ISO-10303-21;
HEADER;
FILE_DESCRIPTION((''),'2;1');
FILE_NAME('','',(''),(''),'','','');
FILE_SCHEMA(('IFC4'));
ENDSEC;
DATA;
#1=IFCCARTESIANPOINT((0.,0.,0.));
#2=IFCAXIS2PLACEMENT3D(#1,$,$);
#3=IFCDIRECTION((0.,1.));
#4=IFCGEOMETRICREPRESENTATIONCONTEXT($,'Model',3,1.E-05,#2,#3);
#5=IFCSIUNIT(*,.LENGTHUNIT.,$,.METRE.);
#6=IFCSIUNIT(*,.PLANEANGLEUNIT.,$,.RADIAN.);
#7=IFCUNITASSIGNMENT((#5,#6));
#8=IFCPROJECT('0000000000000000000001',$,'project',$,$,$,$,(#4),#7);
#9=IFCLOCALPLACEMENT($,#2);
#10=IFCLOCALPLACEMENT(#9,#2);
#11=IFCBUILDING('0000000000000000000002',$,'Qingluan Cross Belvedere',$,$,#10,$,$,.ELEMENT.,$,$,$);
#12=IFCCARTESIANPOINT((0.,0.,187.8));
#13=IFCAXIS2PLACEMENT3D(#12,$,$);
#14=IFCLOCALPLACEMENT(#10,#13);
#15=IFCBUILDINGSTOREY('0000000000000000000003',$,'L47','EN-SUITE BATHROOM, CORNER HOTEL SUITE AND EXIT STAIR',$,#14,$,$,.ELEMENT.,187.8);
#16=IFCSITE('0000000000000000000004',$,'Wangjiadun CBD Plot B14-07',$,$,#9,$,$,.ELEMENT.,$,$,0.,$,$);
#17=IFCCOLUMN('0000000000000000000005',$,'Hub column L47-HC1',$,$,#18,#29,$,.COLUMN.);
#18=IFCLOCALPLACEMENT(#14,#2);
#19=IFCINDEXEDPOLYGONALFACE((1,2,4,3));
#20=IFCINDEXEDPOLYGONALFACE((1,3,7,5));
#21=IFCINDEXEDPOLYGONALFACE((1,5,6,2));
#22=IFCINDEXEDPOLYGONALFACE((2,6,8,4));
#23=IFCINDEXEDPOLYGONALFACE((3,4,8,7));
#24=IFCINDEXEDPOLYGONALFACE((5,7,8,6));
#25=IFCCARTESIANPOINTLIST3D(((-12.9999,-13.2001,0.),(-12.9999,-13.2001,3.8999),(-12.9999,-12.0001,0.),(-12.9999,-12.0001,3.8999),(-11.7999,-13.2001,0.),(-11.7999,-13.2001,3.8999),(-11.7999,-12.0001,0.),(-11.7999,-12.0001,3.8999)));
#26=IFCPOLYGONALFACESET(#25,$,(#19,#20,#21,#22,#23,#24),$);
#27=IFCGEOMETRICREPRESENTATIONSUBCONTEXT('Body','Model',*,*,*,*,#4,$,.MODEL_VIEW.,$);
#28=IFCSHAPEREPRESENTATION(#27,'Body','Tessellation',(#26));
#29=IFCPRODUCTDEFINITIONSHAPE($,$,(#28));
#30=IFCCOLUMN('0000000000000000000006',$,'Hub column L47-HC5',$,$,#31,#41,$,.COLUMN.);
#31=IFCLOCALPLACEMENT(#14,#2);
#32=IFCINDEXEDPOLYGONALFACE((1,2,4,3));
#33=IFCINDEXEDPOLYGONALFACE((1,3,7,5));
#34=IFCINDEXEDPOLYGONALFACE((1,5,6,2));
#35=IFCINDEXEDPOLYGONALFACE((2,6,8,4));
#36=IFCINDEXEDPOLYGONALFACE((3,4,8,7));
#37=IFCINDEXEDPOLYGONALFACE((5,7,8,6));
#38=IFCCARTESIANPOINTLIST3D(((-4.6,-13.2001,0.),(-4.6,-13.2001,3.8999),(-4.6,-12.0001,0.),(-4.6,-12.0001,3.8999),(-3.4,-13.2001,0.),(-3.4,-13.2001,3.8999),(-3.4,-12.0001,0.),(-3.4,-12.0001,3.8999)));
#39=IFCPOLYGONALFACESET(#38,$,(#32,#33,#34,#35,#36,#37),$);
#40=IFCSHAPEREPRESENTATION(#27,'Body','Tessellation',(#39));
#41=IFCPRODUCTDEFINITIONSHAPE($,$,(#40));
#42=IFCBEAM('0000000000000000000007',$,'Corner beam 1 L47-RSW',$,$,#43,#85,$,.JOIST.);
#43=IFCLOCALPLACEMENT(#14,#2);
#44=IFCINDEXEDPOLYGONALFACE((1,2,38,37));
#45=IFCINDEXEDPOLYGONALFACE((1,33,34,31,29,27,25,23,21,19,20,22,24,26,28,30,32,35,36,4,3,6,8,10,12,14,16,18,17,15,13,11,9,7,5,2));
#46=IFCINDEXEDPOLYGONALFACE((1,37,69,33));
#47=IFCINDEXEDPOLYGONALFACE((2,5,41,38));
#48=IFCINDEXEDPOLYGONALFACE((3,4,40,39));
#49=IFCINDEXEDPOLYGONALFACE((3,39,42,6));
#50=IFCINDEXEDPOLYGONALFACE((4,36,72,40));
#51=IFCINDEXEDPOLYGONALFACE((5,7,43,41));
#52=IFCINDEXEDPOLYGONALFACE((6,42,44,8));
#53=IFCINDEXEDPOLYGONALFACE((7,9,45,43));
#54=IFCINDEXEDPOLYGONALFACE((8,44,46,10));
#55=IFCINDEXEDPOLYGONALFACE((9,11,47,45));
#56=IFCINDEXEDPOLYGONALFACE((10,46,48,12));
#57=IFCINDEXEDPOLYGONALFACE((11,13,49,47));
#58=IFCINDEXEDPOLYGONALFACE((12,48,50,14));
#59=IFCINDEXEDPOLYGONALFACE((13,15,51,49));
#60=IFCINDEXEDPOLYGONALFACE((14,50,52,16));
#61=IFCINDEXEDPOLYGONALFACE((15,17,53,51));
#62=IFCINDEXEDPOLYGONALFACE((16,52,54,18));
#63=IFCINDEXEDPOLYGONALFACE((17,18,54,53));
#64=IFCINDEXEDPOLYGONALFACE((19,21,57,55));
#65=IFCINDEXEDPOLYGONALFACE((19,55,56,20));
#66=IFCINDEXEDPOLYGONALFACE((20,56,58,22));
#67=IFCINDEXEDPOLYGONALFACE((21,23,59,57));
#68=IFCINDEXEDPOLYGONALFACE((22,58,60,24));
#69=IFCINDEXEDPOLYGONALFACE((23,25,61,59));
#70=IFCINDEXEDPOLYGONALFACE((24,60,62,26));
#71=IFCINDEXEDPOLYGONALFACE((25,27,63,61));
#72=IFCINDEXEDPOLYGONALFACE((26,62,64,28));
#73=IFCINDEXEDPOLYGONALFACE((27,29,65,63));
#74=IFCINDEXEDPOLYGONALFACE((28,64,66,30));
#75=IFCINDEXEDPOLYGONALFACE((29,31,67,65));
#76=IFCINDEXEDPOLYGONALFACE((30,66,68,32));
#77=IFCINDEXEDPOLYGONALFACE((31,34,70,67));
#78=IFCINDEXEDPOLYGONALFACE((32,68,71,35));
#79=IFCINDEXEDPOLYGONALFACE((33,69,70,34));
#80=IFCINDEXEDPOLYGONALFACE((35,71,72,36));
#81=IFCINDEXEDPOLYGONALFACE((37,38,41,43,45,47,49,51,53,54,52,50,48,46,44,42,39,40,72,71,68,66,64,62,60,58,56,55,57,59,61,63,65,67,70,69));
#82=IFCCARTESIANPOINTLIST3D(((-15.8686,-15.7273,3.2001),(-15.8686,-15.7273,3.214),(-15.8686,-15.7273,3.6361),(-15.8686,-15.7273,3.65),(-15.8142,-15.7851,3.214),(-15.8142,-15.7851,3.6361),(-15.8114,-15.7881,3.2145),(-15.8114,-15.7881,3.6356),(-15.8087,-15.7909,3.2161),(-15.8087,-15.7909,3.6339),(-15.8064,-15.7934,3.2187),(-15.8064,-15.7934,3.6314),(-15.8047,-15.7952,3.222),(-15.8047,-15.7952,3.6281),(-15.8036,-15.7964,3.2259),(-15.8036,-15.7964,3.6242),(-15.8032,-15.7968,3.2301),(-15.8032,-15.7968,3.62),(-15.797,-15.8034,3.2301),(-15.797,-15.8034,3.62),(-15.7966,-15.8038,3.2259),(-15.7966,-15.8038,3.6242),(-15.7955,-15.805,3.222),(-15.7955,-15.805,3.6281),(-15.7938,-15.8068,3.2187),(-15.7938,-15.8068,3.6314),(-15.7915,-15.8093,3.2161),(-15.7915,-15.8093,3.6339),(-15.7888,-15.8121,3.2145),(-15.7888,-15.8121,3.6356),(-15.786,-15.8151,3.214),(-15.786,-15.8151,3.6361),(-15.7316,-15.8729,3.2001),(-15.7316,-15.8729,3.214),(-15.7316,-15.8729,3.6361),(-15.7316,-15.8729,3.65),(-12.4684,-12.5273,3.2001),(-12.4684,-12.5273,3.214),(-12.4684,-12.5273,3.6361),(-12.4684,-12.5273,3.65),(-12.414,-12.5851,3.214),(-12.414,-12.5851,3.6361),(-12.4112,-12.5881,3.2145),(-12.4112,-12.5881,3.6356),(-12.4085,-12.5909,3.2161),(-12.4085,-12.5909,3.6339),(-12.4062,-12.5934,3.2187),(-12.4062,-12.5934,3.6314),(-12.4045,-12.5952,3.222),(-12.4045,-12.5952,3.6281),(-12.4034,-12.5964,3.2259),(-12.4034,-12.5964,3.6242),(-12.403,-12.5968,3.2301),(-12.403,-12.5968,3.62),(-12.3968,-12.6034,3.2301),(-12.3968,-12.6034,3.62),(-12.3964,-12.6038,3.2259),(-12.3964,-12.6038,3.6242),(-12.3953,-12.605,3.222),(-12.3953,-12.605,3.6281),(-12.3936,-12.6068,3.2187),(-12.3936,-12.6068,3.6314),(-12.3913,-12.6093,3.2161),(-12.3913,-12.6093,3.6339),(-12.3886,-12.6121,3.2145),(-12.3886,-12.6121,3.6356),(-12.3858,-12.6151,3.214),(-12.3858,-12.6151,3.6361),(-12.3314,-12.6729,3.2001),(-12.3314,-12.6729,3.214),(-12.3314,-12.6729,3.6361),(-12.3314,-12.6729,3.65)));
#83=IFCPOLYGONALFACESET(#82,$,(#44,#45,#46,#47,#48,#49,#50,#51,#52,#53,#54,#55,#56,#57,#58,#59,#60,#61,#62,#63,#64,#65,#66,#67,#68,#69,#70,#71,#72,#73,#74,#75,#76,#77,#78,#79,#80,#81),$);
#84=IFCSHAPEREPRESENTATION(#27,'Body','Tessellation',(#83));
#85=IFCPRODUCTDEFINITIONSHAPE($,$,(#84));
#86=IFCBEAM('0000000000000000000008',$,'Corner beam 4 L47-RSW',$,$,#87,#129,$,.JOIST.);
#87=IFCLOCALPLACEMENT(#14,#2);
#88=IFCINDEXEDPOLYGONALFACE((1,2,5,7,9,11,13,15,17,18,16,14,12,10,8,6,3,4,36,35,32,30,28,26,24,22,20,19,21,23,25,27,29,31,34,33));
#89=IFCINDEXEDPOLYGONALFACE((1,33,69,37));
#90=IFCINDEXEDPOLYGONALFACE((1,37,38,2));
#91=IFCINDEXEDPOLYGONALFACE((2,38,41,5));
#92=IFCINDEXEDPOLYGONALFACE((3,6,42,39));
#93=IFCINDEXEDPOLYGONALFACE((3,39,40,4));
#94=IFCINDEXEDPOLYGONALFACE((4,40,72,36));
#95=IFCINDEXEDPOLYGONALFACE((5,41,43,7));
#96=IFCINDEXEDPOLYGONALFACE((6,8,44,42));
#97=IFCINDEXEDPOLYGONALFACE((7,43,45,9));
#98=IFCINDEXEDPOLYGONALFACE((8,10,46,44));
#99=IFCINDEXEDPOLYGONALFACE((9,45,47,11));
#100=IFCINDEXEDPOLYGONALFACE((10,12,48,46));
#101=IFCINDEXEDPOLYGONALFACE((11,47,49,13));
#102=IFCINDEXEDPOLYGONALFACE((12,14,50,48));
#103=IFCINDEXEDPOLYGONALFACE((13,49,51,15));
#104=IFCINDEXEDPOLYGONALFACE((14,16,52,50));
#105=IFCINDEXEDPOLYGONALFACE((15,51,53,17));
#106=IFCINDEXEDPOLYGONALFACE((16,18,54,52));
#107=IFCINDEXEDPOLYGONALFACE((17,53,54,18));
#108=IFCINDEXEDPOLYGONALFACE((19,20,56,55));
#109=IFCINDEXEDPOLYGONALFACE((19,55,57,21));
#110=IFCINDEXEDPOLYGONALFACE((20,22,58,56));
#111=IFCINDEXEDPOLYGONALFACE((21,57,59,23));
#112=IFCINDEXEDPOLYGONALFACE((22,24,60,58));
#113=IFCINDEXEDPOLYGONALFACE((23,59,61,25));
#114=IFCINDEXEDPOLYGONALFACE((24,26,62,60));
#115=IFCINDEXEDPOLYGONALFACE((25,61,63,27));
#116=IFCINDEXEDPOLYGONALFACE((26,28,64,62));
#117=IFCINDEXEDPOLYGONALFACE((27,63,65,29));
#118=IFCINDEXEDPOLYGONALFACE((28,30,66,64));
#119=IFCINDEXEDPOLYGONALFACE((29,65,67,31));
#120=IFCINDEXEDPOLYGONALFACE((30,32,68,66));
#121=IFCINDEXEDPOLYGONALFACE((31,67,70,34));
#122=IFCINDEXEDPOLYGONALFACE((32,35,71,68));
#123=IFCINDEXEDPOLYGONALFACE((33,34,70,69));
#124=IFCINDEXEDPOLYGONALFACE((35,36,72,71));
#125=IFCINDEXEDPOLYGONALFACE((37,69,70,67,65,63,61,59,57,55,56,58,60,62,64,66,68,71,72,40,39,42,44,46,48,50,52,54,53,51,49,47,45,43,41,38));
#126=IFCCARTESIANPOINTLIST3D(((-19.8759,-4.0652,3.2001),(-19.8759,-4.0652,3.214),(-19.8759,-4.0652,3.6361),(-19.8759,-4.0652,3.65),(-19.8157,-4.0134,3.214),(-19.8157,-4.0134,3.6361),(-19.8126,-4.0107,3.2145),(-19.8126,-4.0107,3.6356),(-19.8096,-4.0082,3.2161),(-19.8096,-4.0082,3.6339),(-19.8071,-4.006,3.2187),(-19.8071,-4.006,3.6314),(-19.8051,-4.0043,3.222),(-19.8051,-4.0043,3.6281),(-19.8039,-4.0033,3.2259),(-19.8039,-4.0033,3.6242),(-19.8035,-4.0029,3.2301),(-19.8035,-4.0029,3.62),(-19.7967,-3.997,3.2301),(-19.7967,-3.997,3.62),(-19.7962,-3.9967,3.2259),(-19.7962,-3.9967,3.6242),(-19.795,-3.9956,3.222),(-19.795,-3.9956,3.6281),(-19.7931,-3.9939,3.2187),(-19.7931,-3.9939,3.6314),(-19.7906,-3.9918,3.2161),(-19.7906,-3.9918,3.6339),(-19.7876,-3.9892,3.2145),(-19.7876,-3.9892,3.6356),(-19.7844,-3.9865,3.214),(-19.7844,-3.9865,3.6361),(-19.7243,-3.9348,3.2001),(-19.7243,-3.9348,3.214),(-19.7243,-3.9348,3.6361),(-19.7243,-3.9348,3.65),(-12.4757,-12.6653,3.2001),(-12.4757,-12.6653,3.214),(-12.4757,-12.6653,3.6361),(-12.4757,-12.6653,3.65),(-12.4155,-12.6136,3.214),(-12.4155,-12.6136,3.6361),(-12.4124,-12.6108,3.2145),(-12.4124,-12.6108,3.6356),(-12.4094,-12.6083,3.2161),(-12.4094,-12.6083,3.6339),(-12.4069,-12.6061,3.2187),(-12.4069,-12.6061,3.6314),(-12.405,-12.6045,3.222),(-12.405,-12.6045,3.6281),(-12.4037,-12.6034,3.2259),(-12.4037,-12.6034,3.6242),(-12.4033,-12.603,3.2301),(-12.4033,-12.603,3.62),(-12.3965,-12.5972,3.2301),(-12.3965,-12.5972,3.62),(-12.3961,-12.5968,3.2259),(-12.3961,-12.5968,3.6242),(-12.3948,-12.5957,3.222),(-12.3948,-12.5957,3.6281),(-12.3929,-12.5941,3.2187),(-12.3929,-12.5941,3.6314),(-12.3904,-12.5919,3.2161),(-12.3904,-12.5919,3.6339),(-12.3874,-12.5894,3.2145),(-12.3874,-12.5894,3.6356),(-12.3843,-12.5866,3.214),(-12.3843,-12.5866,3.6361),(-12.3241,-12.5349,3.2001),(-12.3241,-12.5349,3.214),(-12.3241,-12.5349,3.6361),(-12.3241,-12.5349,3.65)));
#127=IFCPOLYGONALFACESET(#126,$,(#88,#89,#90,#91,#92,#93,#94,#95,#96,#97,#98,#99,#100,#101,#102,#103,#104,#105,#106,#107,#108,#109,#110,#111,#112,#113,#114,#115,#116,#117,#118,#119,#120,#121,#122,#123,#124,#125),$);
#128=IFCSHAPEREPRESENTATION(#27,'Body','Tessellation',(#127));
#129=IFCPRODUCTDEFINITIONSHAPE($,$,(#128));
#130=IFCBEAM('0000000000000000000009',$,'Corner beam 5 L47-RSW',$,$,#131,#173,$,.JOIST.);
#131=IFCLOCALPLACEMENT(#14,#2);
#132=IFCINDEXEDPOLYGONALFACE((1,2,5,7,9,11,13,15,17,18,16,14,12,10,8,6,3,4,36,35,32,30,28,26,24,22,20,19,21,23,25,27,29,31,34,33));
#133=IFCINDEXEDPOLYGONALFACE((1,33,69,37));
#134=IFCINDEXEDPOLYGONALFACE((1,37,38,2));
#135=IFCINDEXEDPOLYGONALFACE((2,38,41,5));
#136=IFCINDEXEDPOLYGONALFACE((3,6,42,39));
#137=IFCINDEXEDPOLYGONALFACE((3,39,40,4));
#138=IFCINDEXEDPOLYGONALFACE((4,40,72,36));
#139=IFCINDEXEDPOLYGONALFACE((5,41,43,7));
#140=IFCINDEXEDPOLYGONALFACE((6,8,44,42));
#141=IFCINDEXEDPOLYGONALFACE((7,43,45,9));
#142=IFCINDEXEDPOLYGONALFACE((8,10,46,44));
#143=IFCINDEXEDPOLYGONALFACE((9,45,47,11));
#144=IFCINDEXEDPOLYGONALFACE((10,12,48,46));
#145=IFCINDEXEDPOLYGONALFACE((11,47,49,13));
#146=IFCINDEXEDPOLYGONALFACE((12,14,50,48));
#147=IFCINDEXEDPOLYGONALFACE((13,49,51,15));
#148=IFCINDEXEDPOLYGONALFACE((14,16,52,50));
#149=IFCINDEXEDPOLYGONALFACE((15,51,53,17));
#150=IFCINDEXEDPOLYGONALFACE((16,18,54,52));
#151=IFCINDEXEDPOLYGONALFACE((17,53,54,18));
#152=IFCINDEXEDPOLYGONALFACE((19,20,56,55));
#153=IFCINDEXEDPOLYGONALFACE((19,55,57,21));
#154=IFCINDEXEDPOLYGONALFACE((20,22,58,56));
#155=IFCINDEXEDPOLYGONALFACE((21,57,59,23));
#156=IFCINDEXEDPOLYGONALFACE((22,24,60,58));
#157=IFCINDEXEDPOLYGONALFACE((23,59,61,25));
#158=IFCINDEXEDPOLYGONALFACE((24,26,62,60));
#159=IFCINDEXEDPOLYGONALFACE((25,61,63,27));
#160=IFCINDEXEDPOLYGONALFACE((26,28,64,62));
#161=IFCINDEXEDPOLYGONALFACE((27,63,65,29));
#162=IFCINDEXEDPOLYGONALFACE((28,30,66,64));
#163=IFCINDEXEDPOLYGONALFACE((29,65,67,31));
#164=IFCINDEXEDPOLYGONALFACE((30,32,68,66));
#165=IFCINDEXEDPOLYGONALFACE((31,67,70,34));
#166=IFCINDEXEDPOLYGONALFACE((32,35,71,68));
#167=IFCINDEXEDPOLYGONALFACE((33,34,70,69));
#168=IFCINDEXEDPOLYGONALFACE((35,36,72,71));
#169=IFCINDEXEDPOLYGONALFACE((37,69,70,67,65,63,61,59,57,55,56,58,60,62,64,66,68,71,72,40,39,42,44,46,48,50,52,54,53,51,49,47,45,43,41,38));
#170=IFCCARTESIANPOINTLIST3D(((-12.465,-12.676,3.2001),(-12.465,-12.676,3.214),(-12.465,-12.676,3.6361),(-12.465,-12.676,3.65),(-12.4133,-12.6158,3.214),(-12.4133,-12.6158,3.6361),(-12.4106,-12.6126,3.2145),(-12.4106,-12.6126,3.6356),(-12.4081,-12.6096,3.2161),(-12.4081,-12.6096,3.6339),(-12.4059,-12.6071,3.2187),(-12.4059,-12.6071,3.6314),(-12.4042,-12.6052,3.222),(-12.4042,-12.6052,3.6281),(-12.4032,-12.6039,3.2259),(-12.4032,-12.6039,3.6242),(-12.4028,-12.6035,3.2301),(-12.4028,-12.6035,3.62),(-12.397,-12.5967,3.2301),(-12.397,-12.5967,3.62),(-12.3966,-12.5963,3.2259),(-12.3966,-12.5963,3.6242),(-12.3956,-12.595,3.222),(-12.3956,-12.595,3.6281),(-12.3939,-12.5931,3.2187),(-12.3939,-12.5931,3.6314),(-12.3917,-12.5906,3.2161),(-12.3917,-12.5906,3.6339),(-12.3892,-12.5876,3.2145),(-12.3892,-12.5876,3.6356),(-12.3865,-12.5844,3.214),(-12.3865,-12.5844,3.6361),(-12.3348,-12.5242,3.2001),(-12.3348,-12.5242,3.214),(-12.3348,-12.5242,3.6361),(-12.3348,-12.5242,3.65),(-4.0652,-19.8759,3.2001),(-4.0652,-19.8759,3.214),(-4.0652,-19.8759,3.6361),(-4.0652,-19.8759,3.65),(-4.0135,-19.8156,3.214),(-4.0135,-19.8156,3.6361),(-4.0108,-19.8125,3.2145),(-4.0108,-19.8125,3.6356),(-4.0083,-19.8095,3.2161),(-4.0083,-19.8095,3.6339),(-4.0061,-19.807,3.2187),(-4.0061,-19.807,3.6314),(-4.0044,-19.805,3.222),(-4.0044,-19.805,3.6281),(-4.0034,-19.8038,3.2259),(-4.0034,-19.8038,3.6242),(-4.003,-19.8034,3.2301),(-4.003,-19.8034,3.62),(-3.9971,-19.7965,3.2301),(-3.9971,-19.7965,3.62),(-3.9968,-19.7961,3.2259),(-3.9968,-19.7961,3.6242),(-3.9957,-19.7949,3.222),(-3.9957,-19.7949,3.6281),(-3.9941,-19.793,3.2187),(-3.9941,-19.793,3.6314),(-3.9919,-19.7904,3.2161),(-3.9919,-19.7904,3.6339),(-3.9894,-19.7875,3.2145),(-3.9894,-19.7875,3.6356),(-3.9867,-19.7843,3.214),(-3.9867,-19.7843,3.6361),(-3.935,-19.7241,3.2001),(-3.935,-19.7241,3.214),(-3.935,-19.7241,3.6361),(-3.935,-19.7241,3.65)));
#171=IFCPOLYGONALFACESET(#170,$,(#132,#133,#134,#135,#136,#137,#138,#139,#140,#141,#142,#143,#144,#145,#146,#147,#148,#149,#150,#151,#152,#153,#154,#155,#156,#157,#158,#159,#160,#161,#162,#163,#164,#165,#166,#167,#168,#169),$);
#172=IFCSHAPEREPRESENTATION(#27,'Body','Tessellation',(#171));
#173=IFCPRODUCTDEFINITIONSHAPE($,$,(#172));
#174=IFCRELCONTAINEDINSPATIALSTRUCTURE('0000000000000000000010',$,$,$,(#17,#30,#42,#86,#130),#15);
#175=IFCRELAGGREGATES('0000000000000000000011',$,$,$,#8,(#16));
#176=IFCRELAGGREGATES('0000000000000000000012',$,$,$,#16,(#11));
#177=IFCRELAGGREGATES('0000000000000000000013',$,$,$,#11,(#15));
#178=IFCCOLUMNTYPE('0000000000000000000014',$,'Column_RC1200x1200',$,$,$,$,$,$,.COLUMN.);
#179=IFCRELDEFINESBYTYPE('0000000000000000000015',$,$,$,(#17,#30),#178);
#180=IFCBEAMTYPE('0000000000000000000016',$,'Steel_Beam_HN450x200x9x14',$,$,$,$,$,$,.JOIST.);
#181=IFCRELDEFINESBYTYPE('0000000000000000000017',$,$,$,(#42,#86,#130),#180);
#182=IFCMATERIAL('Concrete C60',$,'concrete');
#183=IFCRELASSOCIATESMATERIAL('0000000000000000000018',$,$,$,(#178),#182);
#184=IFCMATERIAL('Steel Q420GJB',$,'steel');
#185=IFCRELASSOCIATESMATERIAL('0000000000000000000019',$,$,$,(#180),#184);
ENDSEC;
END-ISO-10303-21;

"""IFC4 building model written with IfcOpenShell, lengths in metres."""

from ifc_helpers import new_model, si_unit, direction, frame, origin, origin_2d, place, context, subcontext, project, spatial, rectangle, i_section, extrude, material, material_profile, profile_set, type_object, element, save


model = new_model("IFC4")

# Units and contexts
model_context = context("Model", 3, precision=1e-05, world=origin(), true_north=direction((0.0, 1.0)))
body_context = subcontext(model_context, "Body", "Model", "MODEL_VIEW")
ifc_project = project(units=[si_unit("LENGTHUNIT", "METRE"), si_unit("PLANEANGLEUNIT", "RADIAN")], contexts=[model_context])

# Site, building, storey
site_placement = place(None, origin())
site = spatial("IfcSite", under=ifc_project, at=site_placement, Name="Wangjiadun CBD Plot B14-07", CompositionType="ELEMENT", RefElevation=0.0)
building_placement = place(site_placement, origin())
building = spatial("IfcBuilding", under=site, at=building_placement, Name="Qingluan Cross Belvedere", CompositionType="ELEMENT")
storey_placement = place(building_placement, frame((0.0, 0.0, 187.8)))
storey = spatial("IfcBuildingStorey", under=building, at=storey_placement, Name="L47", Description="EN-SUITE BATHROOM, CORNER HOTEL SUITE AND EXIT STAIR", CompositionType="ELEMENT", Elevation=187.8)

# Columns
ifc_material_1 = material(Name="Concrete C60", Category="concrete")
ifc_material_profile_1 = material_profile(ifc_material_1, rectangle(XDim=1.2, YDim=1.2, at=origin_2d()), Name="RC1200x1200")
ifc_profile_set_1 = profile_set([ifc_material_profile_1], Name="Concrete C60")
column_type = type_object("IfcColumnType", Name="Column_RC1200x1200", PredefinedType="COLUMN", material=ifc_profile_set_1)
for number, where, z_axis, x_axis, name in (
    (1, (-12.3999, -12.6001, 0.0), (0.0, 0.0, 1.0), (1.0, 0.0, 0.0), "Hub column L47-HC1"),
    (2, (-4.0, -12.6001, 0.0), (0.0, 0.0, 1.0), (1.0, 0.0, 0.0), "Hub column L47-HC5"),
):
    element("IfcColumn", number, at=place(storey_placement, frame(where, z_axis=z_axis, x_axis=x_axis)), inside=storey, type_object=column_type, Name=name, PredefinedType="COLUMN", context=body_context, shape_type="SweptSolid", body=[
        extrude(rectangle(XDim=1.2, YDim=1.2, at=origin_2d()), origin(), (0.0, 0.0, 1.0), 3.8999),
    ])

# Beams
ifc_material_2 = material(Name="Steel Q420GJB", Category="steel")
ifc_material_profile_2 = material_profile(ifc_material_2, i_section(OverallWidth=0.2, OverallDepth=0.45, WebThickness=0.009, FlangeThickness=0.0139, FilletRadius=0.0161, at=origin_2d()), Name="HN450x200x9x14")
ifc_profile_set_2 = profile_set([ifc_material_profile_2], Name="Steel Q420GJB")
beam_type_1 = type_object("IfcBeamType", Name="Steel_Beam_HN450x200x9x14", PredefinedType="JOIST", material=ifc_profile_set_2)
beam_1_placement = place(storey_placement, frame((-12.3999, -12.6001, 3.425), z_axis=(-0.72822, -0.685343, 0.0), x_axis=(0.685343, -0.72822, 0.0)))
element("IfcBeam", 3, at=beam_1_placement, inside=storey, type_object=beam_type_1, Name="Corner beam 1 L47-RSW", PredefinedType="JOIST", context=body_context, shape_type="SweptSolid", body=[
    extrude(i_section(OverallWidth=0.2, OverallDepth=0.45, WebThickness=0.009, FlangeThickness=0.0139, FilletRadius=0.0161, at=origin_2d()), origin(), (0.0, 0.0, 1.0), 4.6692),
])
beam_2_placement = place(storey_placement, frame((-12.3999, -12.6001, 3.425), z_axis=(-0.652245, 0.758008, 0.0), x_axis=(-0.758008, -0.652245, 0.0)))
element("IfcBeam", 4, at=beam_2_placement, inside=storey, type_object=beam_type_1, Name="Corner beam 4 L47-RSW", PredefinedType="JOIST", context=body_context, shape_type="SweptSolid", body=[
    extrude(i_section(OverallWidth=0.2, OverallDepth=0.45, WebThickness=0.009, FlangeThickness=0.0139, FilletRadius=0.0161, at=origin_2d()), origin(), (0.0, 0.0, 1.0), 11.3457),
])
beam_3_placement = place(storey_placement, frame((-12.3999, -12.6001, 3.425), z_axis=(0.759255, -0.650793, 0.0), x_axis=(0.650793, 0.759255, 0.0)))
element("IfcBeam", 5, at=beam_3_placement, inside=storey, type_object=beam_type_1, Name="Corner beam 5 L47-RSW", PredefinedType="JOIST", context=body_context, shape_type="SweptSolid", body=[
    extrude(i_section(OverallWidth=0.2, OverallDepth=0.45, WebThickness=0.009, FlangeThickness=0.0139, FilletRadius=0.0161, at=origin_2d()), origin(), (0.0, 0.0, 1.0), 11.0632),
])

save(model, "model.ifc")
